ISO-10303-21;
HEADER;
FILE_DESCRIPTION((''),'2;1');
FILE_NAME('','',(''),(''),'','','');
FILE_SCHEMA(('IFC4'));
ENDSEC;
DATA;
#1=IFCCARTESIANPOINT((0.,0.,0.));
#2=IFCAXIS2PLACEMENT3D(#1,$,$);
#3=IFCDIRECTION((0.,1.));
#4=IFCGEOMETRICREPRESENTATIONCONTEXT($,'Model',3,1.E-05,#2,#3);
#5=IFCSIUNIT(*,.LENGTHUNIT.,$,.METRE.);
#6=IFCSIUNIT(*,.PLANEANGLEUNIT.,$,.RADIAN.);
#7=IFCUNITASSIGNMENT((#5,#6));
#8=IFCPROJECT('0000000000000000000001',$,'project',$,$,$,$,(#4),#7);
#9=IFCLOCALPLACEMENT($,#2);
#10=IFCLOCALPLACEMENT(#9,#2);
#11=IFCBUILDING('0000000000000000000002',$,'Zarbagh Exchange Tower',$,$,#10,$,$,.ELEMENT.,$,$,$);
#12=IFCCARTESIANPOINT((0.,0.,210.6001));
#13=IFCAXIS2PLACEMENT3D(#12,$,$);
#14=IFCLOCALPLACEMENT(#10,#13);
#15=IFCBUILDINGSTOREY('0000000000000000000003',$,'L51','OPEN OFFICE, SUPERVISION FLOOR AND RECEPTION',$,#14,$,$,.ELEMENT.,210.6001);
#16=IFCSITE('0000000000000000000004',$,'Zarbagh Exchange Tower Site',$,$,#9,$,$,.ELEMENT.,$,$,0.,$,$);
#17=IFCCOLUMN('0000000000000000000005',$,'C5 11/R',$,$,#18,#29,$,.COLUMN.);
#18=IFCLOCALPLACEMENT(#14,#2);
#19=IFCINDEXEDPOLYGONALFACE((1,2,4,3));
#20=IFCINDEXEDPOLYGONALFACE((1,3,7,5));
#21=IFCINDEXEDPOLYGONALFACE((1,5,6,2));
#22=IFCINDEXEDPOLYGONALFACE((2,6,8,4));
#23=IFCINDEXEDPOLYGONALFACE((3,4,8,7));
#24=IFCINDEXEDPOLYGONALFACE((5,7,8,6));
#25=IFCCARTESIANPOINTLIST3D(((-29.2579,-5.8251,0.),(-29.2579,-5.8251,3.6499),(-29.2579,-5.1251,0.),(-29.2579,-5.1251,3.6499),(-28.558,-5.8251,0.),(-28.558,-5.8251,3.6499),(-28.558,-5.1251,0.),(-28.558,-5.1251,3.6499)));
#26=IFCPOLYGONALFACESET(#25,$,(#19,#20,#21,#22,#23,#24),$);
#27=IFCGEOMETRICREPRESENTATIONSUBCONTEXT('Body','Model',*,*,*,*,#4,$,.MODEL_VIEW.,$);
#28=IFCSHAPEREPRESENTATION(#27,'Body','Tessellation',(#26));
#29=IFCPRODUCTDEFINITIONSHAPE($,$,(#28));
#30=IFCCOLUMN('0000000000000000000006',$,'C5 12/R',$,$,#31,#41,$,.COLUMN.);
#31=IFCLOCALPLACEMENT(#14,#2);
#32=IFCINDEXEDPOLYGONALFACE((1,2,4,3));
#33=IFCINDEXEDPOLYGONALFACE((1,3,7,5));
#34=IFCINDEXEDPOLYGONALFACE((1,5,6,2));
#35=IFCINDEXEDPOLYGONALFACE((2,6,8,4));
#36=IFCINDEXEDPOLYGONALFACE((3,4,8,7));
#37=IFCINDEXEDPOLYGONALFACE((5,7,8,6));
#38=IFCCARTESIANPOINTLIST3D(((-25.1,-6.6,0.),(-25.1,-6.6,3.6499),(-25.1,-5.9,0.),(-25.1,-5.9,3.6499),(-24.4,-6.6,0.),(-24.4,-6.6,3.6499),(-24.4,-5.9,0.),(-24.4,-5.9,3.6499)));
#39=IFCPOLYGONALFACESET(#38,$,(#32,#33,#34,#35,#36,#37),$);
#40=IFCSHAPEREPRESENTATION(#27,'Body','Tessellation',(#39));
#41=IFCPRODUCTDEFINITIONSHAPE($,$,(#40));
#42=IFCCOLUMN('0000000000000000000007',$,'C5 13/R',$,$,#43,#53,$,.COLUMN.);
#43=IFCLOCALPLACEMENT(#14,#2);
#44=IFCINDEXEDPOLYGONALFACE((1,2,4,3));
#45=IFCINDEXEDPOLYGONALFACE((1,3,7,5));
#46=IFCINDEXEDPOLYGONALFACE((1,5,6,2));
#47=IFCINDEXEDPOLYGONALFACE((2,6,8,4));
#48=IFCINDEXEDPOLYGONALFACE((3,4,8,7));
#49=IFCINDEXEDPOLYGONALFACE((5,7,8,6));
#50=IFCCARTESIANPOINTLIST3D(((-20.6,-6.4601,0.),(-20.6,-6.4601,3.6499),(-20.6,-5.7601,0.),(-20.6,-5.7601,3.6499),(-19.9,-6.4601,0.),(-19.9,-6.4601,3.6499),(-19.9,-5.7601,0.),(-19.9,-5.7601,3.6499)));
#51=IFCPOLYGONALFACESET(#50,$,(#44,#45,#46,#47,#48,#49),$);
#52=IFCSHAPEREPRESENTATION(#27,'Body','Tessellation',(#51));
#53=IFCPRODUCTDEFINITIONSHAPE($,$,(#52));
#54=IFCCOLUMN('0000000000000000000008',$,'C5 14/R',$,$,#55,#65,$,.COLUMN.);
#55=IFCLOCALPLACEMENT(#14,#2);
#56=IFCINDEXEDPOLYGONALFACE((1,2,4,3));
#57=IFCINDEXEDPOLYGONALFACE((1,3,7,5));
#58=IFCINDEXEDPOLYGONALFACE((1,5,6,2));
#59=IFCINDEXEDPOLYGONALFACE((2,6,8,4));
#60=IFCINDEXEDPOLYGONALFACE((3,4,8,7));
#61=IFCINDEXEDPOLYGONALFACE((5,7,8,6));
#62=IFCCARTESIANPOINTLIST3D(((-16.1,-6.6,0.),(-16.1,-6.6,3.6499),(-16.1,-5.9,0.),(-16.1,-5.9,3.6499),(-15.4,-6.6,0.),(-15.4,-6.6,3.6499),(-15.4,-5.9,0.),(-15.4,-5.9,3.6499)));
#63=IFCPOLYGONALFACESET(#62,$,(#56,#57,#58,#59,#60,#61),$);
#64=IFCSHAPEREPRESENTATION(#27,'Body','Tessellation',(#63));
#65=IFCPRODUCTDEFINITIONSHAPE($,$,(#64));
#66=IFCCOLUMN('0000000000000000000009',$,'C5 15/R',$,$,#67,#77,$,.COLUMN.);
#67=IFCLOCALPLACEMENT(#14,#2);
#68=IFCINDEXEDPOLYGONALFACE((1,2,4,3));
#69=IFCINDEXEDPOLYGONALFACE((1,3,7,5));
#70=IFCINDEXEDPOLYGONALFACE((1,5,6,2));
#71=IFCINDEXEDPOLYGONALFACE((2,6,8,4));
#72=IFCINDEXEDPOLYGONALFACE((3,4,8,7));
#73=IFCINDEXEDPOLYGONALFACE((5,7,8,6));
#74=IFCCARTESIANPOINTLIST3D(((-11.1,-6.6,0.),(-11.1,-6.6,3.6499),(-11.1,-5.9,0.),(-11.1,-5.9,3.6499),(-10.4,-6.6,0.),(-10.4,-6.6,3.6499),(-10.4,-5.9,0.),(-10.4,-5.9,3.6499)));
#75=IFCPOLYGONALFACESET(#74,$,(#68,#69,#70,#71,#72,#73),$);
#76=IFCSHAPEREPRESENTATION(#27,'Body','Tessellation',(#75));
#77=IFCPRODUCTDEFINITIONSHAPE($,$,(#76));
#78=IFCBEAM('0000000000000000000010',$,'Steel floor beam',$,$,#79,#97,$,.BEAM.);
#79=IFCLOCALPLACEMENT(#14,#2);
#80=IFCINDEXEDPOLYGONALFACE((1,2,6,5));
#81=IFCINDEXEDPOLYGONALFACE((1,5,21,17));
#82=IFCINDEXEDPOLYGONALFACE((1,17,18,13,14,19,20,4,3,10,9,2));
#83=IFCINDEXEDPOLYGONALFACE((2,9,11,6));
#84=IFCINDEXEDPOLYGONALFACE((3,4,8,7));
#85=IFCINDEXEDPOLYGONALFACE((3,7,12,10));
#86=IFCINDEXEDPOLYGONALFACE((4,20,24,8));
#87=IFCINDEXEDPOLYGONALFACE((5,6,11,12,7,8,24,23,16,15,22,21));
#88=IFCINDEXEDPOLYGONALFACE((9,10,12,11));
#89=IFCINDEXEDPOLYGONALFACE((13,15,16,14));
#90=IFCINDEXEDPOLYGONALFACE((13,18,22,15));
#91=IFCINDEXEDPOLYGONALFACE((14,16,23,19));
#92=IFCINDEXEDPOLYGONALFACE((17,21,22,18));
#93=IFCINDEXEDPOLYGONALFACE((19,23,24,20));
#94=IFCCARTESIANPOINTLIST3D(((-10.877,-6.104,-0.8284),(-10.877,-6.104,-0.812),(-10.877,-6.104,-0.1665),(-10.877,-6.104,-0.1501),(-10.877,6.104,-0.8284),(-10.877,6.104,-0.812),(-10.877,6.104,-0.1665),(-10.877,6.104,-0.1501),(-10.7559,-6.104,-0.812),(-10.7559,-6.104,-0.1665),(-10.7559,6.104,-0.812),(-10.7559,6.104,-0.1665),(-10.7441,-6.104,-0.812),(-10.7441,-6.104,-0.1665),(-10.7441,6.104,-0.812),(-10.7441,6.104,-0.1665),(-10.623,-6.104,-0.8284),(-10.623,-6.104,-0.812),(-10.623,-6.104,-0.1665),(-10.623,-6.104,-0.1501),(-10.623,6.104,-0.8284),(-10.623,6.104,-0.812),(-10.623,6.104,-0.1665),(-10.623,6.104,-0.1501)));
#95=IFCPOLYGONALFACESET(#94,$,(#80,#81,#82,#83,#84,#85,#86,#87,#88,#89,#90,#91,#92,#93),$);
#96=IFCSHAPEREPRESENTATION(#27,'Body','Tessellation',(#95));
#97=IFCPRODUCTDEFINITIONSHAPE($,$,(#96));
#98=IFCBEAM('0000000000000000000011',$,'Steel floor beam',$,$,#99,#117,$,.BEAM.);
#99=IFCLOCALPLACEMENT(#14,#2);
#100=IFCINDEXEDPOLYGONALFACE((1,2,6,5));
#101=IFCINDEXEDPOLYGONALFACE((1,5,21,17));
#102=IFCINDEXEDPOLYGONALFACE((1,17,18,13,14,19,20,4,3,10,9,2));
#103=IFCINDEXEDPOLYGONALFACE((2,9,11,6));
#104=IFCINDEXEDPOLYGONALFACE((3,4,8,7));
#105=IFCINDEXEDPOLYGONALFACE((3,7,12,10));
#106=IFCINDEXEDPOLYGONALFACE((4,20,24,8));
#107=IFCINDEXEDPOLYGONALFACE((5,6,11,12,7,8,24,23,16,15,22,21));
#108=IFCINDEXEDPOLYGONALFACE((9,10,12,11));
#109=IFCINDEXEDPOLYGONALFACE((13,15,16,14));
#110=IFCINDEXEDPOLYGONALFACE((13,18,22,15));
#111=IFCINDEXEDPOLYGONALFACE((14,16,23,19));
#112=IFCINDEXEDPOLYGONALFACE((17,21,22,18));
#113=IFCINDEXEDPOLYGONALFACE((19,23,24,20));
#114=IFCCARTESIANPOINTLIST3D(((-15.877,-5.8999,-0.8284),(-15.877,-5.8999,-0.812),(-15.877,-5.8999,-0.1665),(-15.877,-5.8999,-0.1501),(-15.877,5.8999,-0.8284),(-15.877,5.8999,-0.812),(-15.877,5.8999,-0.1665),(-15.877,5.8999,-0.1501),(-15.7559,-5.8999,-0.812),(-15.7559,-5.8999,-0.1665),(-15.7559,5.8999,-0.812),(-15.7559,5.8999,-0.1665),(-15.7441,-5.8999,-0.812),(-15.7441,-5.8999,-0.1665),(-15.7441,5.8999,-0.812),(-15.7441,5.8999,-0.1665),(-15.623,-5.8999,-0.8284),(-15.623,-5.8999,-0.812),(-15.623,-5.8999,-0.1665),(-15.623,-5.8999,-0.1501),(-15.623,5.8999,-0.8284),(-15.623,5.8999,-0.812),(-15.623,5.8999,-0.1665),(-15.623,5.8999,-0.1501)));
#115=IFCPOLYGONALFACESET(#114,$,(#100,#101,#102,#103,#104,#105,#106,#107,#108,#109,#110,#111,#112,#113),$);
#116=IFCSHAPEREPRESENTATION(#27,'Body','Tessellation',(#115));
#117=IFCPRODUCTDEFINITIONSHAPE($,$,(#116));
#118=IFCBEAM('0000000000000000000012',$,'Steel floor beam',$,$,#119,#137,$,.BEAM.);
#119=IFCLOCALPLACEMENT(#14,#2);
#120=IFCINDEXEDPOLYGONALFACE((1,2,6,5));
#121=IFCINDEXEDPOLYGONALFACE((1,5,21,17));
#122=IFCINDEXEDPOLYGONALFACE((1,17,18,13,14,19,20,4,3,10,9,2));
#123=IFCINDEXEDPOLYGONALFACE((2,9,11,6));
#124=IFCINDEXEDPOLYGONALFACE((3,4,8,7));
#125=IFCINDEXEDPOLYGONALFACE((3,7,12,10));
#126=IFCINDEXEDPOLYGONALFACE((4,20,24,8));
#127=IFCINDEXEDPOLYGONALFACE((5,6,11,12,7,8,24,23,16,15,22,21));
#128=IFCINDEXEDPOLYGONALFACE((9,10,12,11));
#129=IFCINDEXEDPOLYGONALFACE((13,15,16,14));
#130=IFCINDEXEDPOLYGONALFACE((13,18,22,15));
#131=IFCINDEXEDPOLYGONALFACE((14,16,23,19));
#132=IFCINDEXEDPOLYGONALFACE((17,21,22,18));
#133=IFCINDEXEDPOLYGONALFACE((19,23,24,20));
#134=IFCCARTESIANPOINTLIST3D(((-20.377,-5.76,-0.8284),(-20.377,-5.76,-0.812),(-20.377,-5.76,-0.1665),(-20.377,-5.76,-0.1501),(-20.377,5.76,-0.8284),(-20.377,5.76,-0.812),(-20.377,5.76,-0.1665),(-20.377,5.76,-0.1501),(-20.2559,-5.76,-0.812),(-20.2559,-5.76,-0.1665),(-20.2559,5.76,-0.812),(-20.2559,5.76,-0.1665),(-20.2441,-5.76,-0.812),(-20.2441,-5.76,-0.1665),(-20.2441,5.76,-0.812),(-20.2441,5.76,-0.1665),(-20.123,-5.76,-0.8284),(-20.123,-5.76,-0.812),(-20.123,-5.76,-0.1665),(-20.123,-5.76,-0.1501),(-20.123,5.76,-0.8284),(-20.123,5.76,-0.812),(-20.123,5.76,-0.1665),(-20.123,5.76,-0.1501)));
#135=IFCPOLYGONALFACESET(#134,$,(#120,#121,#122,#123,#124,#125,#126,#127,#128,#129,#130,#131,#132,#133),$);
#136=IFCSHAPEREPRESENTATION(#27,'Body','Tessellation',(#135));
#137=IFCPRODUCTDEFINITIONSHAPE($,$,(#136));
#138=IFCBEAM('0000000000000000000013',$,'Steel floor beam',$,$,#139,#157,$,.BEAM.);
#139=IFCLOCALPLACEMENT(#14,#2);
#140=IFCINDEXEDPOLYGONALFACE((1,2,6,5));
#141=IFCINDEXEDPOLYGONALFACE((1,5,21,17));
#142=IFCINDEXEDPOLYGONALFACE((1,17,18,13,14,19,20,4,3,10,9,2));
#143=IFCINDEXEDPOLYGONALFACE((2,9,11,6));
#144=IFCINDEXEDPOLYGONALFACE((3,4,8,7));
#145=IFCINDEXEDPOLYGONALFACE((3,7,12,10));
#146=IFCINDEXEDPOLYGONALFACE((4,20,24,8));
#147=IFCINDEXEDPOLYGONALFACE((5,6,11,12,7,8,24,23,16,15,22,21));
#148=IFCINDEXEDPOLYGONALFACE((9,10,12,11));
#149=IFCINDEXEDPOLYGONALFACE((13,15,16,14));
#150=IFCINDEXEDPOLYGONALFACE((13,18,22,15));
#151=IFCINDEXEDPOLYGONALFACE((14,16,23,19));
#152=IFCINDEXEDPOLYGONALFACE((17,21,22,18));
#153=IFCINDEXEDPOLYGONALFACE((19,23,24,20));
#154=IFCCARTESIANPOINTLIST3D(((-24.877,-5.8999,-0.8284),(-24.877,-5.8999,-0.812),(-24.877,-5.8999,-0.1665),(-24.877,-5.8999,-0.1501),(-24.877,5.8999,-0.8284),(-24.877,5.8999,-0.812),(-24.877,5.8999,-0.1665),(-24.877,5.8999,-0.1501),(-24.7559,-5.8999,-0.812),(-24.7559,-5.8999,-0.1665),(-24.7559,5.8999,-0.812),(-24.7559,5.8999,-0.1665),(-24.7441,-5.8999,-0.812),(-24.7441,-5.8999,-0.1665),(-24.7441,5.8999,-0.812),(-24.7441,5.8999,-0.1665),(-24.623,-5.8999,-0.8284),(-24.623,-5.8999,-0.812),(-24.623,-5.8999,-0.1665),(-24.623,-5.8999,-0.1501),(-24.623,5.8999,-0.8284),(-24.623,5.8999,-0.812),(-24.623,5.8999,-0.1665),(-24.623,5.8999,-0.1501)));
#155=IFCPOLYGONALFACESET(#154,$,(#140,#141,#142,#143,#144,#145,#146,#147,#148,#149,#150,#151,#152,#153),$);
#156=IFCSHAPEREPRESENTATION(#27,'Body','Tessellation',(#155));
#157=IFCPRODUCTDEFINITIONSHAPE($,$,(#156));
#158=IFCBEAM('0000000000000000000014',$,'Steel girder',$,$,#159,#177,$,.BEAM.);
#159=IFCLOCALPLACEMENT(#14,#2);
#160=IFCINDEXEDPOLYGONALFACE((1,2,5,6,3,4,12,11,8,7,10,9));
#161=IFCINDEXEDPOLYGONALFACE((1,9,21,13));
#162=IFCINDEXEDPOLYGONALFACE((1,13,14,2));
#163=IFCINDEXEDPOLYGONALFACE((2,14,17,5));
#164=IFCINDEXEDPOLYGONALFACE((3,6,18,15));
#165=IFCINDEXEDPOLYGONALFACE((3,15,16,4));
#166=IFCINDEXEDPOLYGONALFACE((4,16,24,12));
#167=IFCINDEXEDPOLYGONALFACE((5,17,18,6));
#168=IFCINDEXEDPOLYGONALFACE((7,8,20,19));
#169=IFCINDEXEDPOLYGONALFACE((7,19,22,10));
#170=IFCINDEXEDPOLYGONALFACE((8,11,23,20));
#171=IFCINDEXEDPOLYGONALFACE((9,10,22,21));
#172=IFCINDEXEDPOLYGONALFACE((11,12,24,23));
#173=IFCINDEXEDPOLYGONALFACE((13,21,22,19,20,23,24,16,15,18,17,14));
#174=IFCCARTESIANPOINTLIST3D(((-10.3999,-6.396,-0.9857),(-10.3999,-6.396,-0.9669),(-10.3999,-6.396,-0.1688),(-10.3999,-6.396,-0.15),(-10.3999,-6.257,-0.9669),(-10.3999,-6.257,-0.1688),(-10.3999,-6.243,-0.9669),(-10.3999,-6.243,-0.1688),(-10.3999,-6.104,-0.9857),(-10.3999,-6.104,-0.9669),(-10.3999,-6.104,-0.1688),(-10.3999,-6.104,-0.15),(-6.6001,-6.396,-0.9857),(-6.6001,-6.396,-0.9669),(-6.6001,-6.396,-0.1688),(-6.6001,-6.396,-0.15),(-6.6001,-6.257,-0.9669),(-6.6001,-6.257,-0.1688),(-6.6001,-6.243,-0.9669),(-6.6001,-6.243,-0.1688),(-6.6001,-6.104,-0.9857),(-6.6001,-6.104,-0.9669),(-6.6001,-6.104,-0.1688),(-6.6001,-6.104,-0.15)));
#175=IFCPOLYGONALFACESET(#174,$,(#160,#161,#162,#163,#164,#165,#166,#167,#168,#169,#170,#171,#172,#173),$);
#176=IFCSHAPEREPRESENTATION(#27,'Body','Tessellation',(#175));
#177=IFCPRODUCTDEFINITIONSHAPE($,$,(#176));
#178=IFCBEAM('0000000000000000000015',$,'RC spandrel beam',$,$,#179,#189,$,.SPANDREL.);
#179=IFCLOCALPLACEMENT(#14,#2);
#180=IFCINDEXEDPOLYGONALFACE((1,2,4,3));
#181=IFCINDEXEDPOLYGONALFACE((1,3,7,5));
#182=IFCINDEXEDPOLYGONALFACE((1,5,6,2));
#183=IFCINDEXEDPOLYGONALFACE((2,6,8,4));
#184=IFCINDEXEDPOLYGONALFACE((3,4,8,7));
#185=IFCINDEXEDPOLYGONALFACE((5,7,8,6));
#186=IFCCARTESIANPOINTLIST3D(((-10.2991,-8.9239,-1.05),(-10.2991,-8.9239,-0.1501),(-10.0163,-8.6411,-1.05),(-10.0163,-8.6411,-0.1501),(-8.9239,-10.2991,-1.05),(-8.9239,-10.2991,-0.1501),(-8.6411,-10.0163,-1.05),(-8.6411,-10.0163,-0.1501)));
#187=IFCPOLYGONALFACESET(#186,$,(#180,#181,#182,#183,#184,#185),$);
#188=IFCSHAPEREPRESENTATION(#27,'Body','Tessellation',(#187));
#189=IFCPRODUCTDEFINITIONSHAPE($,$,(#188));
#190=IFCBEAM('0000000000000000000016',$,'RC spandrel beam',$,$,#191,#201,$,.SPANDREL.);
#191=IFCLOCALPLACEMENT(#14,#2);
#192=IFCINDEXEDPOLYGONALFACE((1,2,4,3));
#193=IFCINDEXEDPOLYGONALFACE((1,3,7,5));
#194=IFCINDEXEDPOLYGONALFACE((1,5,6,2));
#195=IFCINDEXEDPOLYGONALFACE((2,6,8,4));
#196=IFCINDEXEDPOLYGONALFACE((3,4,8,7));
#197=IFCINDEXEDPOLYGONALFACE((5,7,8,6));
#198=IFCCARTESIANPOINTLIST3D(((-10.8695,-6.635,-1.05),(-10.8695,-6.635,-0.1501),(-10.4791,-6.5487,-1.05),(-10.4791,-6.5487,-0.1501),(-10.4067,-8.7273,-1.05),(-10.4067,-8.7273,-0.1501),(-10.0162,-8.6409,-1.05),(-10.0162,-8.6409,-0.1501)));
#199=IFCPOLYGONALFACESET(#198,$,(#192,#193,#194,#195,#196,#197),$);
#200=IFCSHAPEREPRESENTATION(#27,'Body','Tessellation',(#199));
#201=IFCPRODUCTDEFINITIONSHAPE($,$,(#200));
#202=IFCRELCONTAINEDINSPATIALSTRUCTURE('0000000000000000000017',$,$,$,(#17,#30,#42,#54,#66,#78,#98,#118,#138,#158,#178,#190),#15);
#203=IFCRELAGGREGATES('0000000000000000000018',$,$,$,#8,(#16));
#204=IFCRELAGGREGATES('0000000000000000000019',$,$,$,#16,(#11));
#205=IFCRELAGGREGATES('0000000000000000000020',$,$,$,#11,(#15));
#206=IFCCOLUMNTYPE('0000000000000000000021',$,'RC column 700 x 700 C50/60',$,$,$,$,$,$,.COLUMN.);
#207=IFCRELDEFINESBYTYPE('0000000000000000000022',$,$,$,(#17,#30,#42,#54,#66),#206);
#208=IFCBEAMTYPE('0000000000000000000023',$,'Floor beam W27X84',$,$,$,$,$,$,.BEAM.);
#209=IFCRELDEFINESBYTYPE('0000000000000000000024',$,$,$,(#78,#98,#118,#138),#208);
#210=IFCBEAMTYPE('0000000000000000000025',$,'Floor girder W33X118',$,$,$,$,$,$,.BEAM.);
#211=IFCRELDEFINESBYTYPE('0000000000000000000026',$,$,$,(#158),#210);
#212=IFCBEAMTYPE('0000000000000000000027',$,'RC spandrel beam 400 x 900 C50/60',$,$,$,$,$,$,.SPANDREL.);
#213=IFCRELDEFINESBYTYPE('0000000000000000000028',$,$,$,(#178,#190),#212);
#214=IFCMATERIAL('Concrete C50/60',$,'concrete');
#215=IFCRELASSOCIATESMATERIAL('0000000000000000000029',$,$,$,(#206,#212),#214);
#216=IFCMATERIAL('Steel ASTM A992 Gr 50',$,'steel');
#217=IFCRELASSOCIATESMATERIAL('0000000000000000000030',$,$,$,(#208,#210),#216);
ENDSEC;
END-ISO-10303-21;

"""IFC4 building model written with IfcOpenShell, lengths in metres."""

from ifc_helpers import new_model, si_unit, direction, frame, origin, origin_2d, place, context, subcontext, project, spatial, rectangle, i_section, extrude, material, material_profile, profile_set, type_object, element, save


model = new_model("IFC4")

# Units and contexts
model_context = context("Model", 3, precision=1e-05, world=origin(), true_north=direction((0.0, 1.0)))
body_context = subcontext(model_context, "Body", "Model", "MODEL_VIEW")
ifc_project = project(units=[si_unit("LENGTHUNIT", "METRE"), si_unit("PLANEANGLEUNIT", "RADIAN")], contexts=[model_context])

# Site, building, storey
site_placement = place(None, origin())
site = spatial("IfcSite", under=ifc_project, at=site_placement, Name="Zarbagh Exchange Tower Site", CompositionType="ELEMENT", RefElevation=0.0)
building_placement = place(site_placement, origin())
building = spatial("IfcBuilding", under=site, at=building_placement, Name="Zarbagh Exchange Tower", CompositionType="ELEMENT")
storey_placement = place(building_placement, frame((0.0, 0.0, 210.6001)))
storey = spatial("IfcBuildingStorey", under=building, at=storey_placement, Name="L51", Description="OPEN OFFICE, SUPERVISION FLOOR AND RECEPTION", CompositionType="ELEMENT", Elevation=210.6001)

# Columns
ifc_material_1 = material(Name="Concrete C50/60", Category="concrete")
ifc_material_profile_1 = material_profile(ifc_material_1, rectangle(XDim=0.7, YDim=0.7, at=origin_2d()), Name="RC column 700 x 700 C50/60")
ifc_profile_set_1 = profile_set([ifc_material_profile_1], Name="Concrete C50/60")
column_type = type_object("IfcColumnType", Name="RC column 700 x 700 C50/60", PredefinedType="COLUMN", material=ifc_profile_set_1)
for number, where, z_axis, x_axis, name in (
    (1, (-28.908, -5.4751, 0.0), (0.0, 0.0, 1.0), (1.0, 0.0, 0.0), "C5 11/R"),
    (2, (-24.75, -6.25, 0.0), (0.0, 0.0, 1.0), (1.0, 0.0, 0.0), "C5 12/R"),
    (3, (-20.25, -6.1101, 0.0), (0.0, 0.0, 1.0), (1.0, 0.0, 0.0), "C5 13/R"),
    (4, (-15.75, -6.25, 0.0), (0.0, 0.0, 1.0), (1.0, 0.0, 0.0), "C5 14/R"),
    (5, (-10.75, -6.25, 0.0), (0.0, 0.0, 1.0), (1.0, 0.0, 0.0), "C5 15/R"),
):
    element("IfcColumn", number, at=place(storey_placement, frame(where, z_axis=z_axis, x_axis=x_axis)), inside=storey, type_object=column_type, Name=name, PredefinedType="COLUMN", context=body_context, shape_type="SweptSolid", body=[
        extrude(rectangle(XDim=0.7, YDim=0.7, at=origin_2d()), origin(), (0.0, 0.0, 1.0), 3.6499),
    ])

# Beams
ifc_material_2 = material(Name="Steel ASTM A992 Gr 50", Category="steel")
ifc_material_profile_2 = material_profile(ifc_material_2, i_section(OverallWidth=0.2539, OverallDepth=0.6782, WebThickness=0.0117, FlangeThickness=0.0164, at=origin_2d()), Name="W27X84")
ifc_profile_set_2 = profile_set([ifc_material_profile_2], Name="Steel ASTM A992 Gr 50")
beam_type_1 = type_object("IfcBeamType", Name="Floor beam W27X84", PredefinedType="BEAM", material=ifc_profile_set_2)
beam_1_placement = place(storey_placement, frame((-10.75, -6.104, -0.4893), z_axis=(0.0, 1.0, 0.0), x_axis=(-1.0, 0.0, 0.0)))
element("IfcBeam", 6, at=beam_1_placement, inside=storey, type_object=beam_type_1, Name="Steel floor beam", PredefinedType="BEAM", context=body_context, shape_type="SweptSolid", body=[
    extrude(i_section(OverallWidth=0.2539, OverallDepth=0.6782, WebThickness=0.0117, FlangeThickness=0.0164, at=origin_2d()), origin(), (0.0, 0.0, 1.0), 12.208),
])
beam_2_placement = place(storey_placement, frame((-15.75, -5.8999, -0.4893), z_axis=(0.0, 1.0, 0.0), x_axis=(-1.0, 0.0, 0.0)))
element("IfcBeam", 7, at=beam_2_placement, inside=storey, type_object=beam_type_1, Name="Steel floor beam", PredefinedType="BEAM", context=body_context, shape_type="SweptSolid", body=[
    extrude(i_section(OverallWidth=0.2539, OverallDepth=0.6782, WebThickness=0.0117, FlangeThickness=0.0164, at=origin_2d()), origin(), (0.0, 0.0, 1.0), 11.7998),
])
beam_3_placement = place(storey_placement, frame((-20.25, -5.76, -0.4893), z_axis=(0.0, 1.0, 0.0), x_axis=(-1.0, 0.0, 0.0)))
element("IfcBeam", 8, at=beam_3_placement, inside=storey, type_object=beam_type_1, Name="Steel floor beam", PredefinedType="BEAM", context=body_context, shape_type="SweptSolid", body=[
    extrude(i_section(OverallWidth=0.2539, OverallDepth=0.6782, WebThickness=0.0117, FlangeThickness=0.0164, at=origin_2d()), origin(), (0.0, 0.0, 1.0), 11.52),
])
beam_4_placement = place(storey_placement, frame((-24.75, -5.8999, -0.4893), z_axis=(0.0, 1.0, 0.0), x_axis=(-1.0, 0.0, 0.0)))
element("IfcBeam", 9, at=beam_4_placement, inside=storey, type_object=beam_type_1, Name="Steel floor beam", PredefinedType="BEAM", context=body_context, shape_type="SweptSolid", body=[
    extrude(i_section(OverallWidth=0.2539, OverallDepth=0.6782, WebThickness=0.0117, FlangeThickness=0.0164, at=origin_2d()), origin(), (0.0, 0.0, 1.0), 11.7998),
])
ifc_material_profile_3 = material_profile(ifc_material_2, i_section(OverallWidth=0.292, OverallDepth=0.8357, WebThickness=0.0139, FlangeThickness=0.0188, at=origin_2d()), Name="W33X118")
ifc_profile_set_3 = profile_set([ifc_material_profile_3], Name="Steel ASTM A992 Gr 50")
beam_type_2 = type_object("IfcBeamType", Name="Floor girder W33X118", PredefinedType="BEAM", material=ifc_profile_set_3)
beam_5_placement = place(storey_placement, frame((-10.3999, -6.25, -0.5679), z_axis=(1.0, 0.0, 0.0), x_axis=(0.0, 1.0, 0.0)))
element("IfcBeam", 10, at=beam_5_placement, inside=storey, type_object=beam_type_2, Name="Steel girder", PredefinedType="BEAM", context=body_context, shape_type="SweptSolid", body=[
    extrude(i_section(OverallWidth=0.292, OverallDepth=0.8357, WebThickness=0.0139, FlangeThickness=0.0188, at=origin_2d()), origin(), (0.0, 0.0, 1.0), 3.7998),
])
ifc_material_profile_4 = material_profile(ifc_material_1, rectangle(XDim=0.3999, YDim=0.8999, at=origin_2d()), Name="RC spandrel beam 400 x 900 C50/60")
ifc_profile_set_4 = profile_set([ifc_material_profile_4], Name="Concrete C50/60")
beam_type_3 = type_object("IfcBeamType", Name="RC spandrel beam 400 x 900 C50/60", PredefinedType="SPANDREL", material=ifc_profile_set_4)
beam_6_placement = place(storey_placement, frame((-8.7825, -10.1577, -0.6001), z_axis=(-0.707107, 0.707107, 0.0), x_axis=(-0.707107, -0.707107, 0.0)))
element("IfcBeam", 11, at=beam_6_placement, inside=storey, type_object=beam_type_3, Name="RC spandrel beam", PredefinedType="SPANDREL", context=body_context, shape_type="SweptSolid", body=[
    extrude(rectangle(XDim=0.3999, YDim=0.8999, at=origin_2d()), origin(), (0.0, 0.0, 1.0), 1.9448),
])
beam_7_placement = place(storey_placement, frame((-10.2114, -8.6841, -0.6001), z_axis=(-0.216014, 0.97639, 0.0), x_axis=(-0.97639, -0.216014, 0.0)))
element("IfcBeam", 12, at=beam_7_placement, inside=storey, type_object=beam_type_3, Name="RC spandrel beam", PredefinedType="SPANDREL", context=body_context, shape_type="SweptSolid", body=[
    extrude(rectangle(XDim=0.3999, YDim=0.8999, at=origin_2d()), origin(), (0.0, 0.0, 1.0), 2.1428),
])

save(model, "model.ifc")
